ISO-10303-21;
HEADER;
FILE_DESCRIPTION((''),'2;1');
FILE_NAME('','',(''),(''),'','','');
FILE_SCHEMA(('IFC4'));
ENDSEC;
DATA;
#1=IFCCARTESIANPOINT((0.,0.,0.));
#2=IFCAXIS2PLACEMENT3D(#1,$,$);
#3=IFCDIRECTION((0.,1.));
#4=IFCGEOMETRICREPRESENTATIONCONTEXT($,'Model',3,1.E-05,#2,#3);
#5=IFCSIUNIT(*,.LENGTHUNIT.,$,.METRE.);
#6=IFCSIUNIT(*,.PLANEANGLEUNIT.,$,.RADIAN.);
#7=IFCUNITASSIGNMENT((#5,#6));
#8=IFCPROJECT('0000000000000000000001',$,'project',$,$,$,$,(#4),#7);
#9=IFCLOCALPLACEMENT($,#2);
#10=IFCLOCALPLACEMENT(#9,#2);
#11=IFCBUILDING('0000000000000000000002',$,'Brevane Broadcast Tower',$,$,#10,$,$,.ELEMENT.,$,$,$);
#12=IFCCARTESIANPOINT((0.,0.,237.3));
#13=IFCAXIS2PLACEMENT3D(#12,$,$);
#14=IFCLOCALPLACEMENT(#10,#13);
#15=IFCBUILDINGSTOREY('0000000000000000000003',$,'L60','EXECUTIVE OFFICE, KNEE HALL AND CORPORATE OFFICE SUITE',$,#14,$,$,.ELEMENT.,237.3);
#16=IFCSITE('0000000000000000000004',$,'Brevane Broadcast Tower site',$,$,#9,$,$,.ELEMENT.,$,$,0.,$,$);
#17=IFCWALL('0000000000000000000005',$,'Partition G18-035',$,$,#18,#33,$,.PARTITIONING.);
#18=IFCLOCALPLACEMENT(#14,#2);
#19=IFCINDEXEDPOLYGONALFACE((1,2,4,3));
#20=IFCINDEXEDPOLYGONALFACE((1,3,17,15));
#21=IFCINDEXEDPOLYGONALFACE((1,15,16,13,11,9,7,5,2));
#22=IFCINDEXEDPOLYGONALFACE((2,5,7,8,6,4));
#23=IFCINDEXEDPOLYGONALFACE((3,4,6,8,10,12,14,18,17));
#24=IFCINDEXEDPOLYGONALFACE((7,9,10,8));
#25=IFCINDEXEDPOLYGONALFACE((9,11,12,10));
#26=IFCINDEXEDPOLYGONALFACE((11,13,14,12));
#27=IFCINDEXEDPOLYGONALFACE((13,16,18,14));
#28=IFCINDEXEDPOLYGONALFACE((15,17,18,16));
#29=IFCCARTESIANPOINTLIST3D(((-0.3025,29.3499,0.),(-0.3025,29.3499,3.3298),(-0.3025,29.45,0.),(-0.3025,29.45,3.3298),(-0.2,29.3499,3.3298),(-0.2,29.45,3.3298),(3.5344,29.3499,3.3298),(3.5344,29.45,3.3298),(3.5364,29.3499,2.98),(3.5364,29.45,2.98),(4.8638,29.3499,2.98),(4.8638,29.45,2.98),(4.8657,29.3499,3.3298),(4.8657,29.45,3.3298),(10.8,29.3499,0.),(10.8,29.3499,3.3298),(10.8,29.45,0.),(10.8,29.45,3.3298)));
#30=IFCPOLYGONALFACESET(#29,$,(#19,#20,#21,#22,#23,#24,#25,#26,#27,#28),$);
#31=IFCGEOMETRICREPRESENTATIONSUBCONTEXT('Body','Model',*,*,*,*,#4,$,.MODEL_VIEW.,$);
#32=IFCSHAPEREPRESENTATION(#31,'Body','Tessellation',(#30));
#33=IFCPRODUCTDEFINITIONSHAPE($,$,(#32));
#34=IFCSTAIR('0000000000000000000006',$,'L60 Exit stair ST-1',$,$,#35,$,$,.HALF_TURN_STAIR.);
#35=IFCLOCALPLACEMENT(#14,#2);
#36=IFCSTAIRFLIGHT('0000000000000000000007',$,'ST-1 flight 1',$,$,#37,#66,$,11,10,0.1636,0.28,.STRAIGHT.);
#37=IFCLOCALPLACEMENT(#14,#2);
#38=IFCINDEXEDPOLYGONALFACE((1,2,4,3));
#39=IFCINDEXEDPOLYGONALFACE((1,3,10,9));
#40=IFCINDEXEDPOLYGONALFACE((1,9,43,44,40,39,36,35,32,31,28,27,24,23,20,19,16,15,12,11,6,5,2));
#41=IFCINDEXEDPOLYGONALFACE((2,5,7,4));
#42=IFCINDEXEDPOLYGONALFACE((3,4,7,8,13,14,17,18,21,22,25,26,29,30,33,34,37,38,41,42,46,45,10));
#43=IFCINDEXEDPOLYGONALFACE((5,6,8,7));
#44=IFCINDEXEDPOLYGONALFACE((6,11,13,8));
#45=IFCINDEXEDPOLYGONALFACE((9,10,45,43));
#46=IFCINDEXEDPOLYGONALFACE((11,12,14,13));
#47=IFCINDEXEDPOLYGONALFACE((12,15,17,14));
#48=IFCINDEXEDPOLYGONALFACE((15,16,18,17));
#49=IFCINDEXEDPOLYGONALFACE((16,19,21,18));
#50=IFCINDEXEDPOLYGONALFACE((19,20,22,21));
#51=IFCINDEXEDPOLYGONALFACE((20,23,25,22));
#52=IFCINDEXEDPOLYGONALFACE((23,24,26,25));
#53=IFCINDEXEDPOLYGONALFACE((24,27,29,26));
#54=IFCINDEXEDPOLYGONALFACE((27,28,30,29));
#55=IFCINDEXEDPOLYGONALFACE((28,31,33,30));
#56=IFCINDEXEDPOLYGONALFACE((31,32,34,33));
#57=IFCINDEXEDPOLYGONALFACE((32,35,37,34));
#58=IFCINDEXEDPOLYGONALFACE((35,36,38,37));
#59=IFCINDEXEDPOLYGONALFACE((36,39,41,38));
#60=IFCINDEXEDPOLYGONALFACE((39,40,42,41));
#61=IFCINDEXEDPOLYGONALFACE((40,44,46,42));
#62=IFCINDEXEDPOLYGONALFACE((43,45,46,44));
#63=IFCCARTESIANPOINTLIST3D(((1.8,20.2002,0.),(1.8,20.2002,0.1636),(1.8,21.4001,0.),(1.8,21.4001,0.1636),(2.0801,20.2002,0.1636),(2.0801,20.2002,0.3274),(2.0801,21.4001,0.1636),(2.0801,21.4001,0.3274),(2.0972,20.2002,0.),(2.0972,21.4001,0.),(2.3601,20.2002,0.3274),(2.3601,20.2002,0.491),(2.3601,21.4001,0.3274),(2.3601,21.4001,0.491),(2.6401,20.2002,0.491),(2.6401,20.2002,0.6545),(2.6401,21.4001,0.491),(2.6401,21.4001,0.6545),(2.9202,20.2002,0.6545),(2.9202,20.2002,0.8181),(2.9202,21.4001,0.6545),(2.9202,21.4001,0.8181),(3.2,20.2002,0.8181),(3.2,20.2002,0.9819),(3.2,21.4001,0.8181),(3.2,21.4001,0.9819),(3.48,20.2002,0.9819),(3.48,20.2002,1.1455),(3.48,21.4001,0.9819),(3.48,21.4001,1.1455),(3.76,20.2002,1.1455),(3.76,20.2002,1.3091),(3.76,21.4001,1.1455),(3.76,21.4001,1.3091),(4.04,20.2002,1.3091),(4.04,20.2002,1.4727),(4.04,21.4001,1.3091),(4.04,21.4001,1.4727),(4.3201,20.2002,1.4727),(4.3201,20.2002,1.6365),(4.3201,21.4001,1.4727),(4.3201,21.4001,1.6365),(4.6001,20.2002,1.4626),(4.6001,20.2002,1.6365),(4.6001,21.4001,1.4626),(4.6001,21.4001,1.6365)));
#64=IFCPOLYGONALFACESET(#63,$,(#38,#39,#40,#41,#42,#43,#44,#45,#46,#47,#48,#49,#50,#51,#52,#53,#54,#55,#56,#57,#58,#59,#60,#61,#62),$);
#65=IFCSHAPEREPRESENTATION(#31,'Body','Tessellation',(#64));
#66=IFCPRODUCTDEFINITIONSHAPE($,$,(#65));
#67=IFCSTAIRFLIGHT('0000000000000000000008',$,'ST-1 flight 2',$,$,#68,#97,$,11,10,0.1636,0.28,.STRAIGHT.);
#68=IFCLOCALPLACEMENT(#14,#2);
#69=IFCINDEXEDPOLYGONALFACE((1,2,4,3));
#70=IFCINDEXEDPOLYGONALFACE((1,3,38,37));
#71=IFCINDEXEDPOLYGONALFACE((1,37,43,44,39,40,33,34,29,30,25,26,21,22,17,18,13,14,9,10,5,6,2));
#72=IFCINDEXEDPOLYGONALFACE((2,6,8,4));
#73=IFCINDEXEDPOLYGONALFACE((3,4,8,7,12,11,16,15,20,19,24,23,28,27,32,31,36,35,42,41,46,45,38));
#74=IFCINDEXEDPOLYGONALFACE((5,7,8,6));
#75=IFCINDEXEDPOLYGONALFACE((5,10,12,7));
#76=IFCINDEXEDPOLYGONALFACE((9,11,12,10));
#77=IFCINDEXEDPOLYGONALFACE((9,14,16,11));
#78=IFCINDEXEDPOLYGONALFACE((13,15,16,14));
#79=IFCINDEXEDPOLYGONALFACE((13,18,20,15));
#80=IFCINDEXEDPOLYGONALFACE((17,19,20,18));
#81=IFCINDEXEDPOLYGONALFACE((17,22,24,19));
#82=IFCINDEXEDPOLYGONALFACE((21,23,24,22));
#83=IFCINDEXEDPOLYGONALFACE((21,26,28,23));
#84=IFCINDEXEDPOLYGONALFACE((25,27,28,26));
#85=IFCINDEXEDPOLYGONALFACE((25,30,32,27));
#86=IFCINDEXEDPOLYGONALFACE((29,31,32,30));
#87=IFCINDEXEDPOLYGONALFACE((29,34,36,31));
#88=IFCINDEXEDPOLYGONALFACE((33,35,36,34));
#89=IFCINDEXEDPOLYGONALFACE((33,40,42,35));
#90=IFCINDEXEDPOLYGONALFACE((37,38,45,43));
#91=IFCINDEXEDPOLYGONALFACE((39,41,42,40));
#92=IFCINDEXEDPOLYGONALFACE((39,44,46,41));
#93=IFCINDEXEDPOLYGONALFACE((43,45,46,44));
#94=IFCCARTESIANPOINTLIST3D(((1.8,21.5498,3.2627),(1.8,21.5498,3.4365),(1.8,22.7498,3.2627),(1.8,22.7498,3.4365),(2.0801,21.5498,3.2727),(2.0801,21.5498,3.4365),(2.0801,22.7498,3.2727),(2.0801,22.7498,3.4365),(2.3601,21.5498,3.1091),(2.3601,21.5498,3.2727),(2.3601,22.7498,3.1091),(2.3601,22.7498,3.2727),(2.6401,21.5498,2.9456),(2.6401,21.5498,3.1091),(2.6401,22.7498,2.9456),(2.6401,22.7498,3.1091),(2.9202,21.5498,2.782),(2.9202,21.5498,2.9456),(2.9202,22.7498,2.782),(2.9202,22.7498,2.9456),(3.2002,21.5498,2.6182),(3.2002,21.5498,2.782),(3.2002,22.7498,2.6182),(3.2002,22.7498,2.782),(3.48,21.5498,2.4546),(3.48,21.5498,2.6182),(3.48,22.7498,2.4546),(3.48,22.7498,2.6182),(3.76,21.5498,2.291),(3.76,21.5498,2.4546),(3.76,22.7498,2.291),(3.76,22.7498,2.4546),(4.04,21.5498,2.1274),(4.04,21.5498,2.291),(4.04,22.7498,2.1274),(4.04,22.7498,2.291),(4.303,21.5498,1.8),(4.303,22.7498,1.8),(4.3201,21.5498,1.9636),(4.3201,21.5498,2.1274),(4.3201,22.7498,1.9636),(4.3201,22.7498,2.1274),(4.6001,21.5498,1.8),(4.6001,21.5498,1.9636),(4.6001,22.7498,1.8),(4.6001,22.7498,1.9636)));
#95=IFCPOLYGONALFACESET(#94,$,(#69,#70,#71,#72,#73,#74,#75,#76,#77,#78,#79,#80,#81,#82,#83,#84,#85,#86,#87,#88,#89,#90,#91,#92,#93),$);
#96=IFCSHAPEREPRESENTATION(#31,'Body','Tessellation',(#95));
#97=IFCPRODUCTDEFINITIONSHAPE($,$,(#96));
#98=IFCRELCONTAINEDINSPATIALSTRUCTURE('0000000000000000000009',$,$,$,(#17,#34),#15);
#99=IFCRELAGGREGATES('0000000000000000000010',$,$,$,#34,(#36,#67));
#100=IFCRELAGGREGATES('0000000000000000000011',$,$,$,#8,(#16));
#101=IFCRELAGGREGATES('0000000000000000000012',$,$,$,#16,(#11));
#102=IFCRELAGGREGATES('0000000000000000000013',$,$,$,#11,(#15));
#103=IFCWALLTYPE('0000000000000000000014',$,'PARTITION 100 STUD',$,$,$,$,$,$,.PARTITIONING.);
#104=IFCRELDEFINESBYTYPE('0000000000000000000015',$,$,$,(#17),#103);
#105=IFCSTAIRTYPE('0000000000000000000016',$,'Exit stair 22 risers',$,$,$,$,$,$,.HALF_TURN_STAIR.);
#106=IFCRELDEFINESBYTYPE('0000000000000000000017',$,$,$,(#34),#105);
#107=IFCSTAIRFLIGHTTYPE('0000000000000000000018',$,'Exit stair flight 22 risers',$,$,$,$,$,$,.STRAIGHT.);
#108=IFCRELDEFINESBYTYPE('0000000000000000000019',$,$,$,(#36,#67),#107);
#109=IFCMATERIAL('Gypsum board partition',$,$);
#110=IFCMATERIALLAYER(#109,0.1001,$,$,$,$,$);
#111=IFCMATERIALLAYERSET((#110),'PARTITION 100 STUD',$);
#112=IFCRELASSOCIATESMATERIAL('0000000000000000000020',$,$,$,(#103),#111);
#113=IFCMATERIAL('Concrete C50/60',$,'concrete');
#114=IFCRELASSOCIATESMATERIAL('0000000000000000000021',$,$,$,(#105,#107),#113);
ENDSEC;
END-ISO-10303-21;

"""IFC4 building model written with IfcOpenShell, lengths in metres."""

from ifc_helpers import new_model, si_unit, direction, frame, origin, place, context, subcontext, project, spatial, polyline, outline, extrude, material, layer, layer_set, type_object, element, aggregate, save


model = new_model("IFC4")

# Units and contexts
model_context = context("Model", 3, precision=1e-05, world=origin(), true_north=direction((0.0, 1.0)))
body_context = subcontext(model_context, "Body", "Model", "MODEL_VIEW")
ifc_project = project(units=[si_unit("LENGTHUNIT", "METRE"), si_unit("PLANEANGLEUNIT", "RADIAN")], contexts=[model_context])

# Site, building, storey
site_placement = place(None, origin())
site = spatial("IfcSite", under=ifc_project, at=site_placement, Name="Brevane Broadcast Tower site", CompositionType="ELEMENT", RefElevation=0.0)
building_placement = place(site_placement, origin())
building = spatial("IfcBuilding", under=site, at=building_placement, Name="Brevane Broadcast Tower", CompositionType="ELEMENT")
storey_placement = place(building_placement, frame((0.0, 0.0, 237.3)))
storey = spatial("IfcBuildingStorey", under=building, at=storey_placement, Name="L60", Description="EXECUTIVE OFFICE, KNEE HALL AND CORPORATE OFFICE SUITE", CompositionType="ELEMENT", Elevation=237.3)

# Shared definitions
ifc_material_1 = material(Name="Concrete C50/60", Category="concrete")

# Wall
ifc_material_2 = material(Name="Gypsum board partition")
ifc_layer_1 = layer(ifc_material_2, 0.1001)
ifc_layer_set_1 = layer_set([ifc_layer_1], Name="PARTITION 100 STUD")
wall_type_1 = type_object("IfcWallType", Name="PARTITION 100 STUD", PredefinedType="PARTITIONING", material=ifc_layer_set_1)
wall_1_placement = place(storey_placement, frame((-0.3025, 29.3999, 0.0), z_axis=(0.0, 0.0, 1.0), x_axis=(1.0, 0.0, 0.0)))
element("IfcWall", 1, at=wall_1_placement, inside=storey, type_object=wall_type_1, Name="Partition G18-035", PredefinedType="PARTITIONING", context=body_context, shape_type="SweptSolid", body=[
    extrude(outline(polyline([(0.0, 0.0), (11.1025, 0.0), (11.1025, 3.3298), (5.1682, 3.3298), (5.1663, 2.98), (3.8389, 2.98), (3.8369, 3.3298), (0.1025, 3.3298), (0.0, 3.3298), (0.0, 0.0)])), frame((0.0, 0.05, 0.0), z_axis=(0.0, -1.0, 0.0), x_axis=(1.0, 0.0, 0.0)), (0.0, 0.0, 1.0), 0.1001),
])

# Stair, stair flights
stair_type = type_object("IfcStairType", Name="Exit stair 22 risers", PredefinedType="HALF_TURN_STAIR", material=ifc_material_1)
stair_placement = place(storey_placement, origin())
stair = element("IfcStair", 2, at=stair_placement, inside=storey, type_object=stair_type, Name="L60 Exit stair ST-1", PredefinedType="HALF_TURN_STAIR")
stair_flight_type = type_object("IfcStairFlightType", Name="Exit stair flight 22 risers", PredefinedType="STRAIGHT", material=ifc_material_1)
stair_flight_1_placement = place(storey_placement, frame((1.8, 20.8, 0.0), z_axis=(0.0, 0.0, 1.0), x_axis=(1.0, 0.0, 0.0)))
stair_flight_1 = element("IfcStairFlight", 3, at=stair_flight_1_placement, type_object=stair_flight_type, Name="ST-1 flight 1", NumberOfRisers=11, NumberOfTreads=10, PredefinedType="STRAIGHT", RiserHeight=0.1636, TreadLength=0.28, context=body_context, shape_type="SweptSolid", body=[
    extrude(outline(polyline([(0.0, 0.0), (0.0, 0.1636), (0.28, 0.1636), (0.28, 0.3274), (0.5601, 0.3274), (0.5601, 0.491), (0.8401, 0.491), (0.8401, 0.6545), (1.1201, 0.6545), (1.1201, 0.8181), (1.3999, 0.8181), (1.3999, 0.9819), (1.6799, 0.9819), (1.6799, 1.1455), (1.96, 1.1455), (1.96, 1.3091), (2.24, 1.3091), (2.24, 1.4727), (2.52, 1.4727), (2.52, 1.6365), (2.8, 1.6365), (2.8, 1.8), (2.8, 1.4626), (0.2971, 0.0), (0.0, 0.0)])), frame((0.0, 0.6001, 0.0), z_axis=(0.0, -1.0, 0.0), x_axis=(1.0, 0.0, 0.0)), (0.0, 0.0, 1.0), 1.2),
])
stair_flight_2_placement = place(storey_placement, frame((4.6001, 22.1499, 1.8), z_axis=(0.0, 0.0, 1.0), x_axis=(-1.0, 0.0, 0.0)))
stair_flight_2 = element("IfcStairFlight", 4, at=stair_flight_2_placement, type_object=stair_flight_type, Name="ST-1 flight 2", NumberOfRisers=11, NumberOfTreads=10, PredefinedType="STRAIGHT", RiserHeight=0.1636, TreadLength=0.28, context=body_context, shape_type="SweptSolid", body=[
    extrude(outline(polyline([(0.0, 0.0), (0.0, 0.1636), (0.28, 0.1636), (0.28, 0.3274), (0.5601, 0.3274), (0.5601, 0.491), (0.8401, 0.491), (0.8401, 0.6545), (1.1201, 0.6545), (1.1201, 0.8181), (1.3999, 0.8181), (1.3999, 0.9819), (1.6799, 0.9819), (1.6799, 1.1455), (1.96, 1.1455), (1.96, 1.3091), (2.24, 1.3091), (2.24, 1.4727), (2.52, 1.4727), (2.52, 1.6365), (2.8, 1.6365), (2.8, 1.8), (2.8, 1.4626), (0.2971, 0.0), (0.0, 0.0)])), frame((0.0, 0.6001, 0.0), z_axis=(0.0, -1.0, 0.0), x_axis=(1.0, 0.0, 0.0)), (0.0, 0.0, 1.0), 1.2),
])
aggregate(stair, [stair_flight_1, stair_flight_2])

save(model, "model.ifc")
